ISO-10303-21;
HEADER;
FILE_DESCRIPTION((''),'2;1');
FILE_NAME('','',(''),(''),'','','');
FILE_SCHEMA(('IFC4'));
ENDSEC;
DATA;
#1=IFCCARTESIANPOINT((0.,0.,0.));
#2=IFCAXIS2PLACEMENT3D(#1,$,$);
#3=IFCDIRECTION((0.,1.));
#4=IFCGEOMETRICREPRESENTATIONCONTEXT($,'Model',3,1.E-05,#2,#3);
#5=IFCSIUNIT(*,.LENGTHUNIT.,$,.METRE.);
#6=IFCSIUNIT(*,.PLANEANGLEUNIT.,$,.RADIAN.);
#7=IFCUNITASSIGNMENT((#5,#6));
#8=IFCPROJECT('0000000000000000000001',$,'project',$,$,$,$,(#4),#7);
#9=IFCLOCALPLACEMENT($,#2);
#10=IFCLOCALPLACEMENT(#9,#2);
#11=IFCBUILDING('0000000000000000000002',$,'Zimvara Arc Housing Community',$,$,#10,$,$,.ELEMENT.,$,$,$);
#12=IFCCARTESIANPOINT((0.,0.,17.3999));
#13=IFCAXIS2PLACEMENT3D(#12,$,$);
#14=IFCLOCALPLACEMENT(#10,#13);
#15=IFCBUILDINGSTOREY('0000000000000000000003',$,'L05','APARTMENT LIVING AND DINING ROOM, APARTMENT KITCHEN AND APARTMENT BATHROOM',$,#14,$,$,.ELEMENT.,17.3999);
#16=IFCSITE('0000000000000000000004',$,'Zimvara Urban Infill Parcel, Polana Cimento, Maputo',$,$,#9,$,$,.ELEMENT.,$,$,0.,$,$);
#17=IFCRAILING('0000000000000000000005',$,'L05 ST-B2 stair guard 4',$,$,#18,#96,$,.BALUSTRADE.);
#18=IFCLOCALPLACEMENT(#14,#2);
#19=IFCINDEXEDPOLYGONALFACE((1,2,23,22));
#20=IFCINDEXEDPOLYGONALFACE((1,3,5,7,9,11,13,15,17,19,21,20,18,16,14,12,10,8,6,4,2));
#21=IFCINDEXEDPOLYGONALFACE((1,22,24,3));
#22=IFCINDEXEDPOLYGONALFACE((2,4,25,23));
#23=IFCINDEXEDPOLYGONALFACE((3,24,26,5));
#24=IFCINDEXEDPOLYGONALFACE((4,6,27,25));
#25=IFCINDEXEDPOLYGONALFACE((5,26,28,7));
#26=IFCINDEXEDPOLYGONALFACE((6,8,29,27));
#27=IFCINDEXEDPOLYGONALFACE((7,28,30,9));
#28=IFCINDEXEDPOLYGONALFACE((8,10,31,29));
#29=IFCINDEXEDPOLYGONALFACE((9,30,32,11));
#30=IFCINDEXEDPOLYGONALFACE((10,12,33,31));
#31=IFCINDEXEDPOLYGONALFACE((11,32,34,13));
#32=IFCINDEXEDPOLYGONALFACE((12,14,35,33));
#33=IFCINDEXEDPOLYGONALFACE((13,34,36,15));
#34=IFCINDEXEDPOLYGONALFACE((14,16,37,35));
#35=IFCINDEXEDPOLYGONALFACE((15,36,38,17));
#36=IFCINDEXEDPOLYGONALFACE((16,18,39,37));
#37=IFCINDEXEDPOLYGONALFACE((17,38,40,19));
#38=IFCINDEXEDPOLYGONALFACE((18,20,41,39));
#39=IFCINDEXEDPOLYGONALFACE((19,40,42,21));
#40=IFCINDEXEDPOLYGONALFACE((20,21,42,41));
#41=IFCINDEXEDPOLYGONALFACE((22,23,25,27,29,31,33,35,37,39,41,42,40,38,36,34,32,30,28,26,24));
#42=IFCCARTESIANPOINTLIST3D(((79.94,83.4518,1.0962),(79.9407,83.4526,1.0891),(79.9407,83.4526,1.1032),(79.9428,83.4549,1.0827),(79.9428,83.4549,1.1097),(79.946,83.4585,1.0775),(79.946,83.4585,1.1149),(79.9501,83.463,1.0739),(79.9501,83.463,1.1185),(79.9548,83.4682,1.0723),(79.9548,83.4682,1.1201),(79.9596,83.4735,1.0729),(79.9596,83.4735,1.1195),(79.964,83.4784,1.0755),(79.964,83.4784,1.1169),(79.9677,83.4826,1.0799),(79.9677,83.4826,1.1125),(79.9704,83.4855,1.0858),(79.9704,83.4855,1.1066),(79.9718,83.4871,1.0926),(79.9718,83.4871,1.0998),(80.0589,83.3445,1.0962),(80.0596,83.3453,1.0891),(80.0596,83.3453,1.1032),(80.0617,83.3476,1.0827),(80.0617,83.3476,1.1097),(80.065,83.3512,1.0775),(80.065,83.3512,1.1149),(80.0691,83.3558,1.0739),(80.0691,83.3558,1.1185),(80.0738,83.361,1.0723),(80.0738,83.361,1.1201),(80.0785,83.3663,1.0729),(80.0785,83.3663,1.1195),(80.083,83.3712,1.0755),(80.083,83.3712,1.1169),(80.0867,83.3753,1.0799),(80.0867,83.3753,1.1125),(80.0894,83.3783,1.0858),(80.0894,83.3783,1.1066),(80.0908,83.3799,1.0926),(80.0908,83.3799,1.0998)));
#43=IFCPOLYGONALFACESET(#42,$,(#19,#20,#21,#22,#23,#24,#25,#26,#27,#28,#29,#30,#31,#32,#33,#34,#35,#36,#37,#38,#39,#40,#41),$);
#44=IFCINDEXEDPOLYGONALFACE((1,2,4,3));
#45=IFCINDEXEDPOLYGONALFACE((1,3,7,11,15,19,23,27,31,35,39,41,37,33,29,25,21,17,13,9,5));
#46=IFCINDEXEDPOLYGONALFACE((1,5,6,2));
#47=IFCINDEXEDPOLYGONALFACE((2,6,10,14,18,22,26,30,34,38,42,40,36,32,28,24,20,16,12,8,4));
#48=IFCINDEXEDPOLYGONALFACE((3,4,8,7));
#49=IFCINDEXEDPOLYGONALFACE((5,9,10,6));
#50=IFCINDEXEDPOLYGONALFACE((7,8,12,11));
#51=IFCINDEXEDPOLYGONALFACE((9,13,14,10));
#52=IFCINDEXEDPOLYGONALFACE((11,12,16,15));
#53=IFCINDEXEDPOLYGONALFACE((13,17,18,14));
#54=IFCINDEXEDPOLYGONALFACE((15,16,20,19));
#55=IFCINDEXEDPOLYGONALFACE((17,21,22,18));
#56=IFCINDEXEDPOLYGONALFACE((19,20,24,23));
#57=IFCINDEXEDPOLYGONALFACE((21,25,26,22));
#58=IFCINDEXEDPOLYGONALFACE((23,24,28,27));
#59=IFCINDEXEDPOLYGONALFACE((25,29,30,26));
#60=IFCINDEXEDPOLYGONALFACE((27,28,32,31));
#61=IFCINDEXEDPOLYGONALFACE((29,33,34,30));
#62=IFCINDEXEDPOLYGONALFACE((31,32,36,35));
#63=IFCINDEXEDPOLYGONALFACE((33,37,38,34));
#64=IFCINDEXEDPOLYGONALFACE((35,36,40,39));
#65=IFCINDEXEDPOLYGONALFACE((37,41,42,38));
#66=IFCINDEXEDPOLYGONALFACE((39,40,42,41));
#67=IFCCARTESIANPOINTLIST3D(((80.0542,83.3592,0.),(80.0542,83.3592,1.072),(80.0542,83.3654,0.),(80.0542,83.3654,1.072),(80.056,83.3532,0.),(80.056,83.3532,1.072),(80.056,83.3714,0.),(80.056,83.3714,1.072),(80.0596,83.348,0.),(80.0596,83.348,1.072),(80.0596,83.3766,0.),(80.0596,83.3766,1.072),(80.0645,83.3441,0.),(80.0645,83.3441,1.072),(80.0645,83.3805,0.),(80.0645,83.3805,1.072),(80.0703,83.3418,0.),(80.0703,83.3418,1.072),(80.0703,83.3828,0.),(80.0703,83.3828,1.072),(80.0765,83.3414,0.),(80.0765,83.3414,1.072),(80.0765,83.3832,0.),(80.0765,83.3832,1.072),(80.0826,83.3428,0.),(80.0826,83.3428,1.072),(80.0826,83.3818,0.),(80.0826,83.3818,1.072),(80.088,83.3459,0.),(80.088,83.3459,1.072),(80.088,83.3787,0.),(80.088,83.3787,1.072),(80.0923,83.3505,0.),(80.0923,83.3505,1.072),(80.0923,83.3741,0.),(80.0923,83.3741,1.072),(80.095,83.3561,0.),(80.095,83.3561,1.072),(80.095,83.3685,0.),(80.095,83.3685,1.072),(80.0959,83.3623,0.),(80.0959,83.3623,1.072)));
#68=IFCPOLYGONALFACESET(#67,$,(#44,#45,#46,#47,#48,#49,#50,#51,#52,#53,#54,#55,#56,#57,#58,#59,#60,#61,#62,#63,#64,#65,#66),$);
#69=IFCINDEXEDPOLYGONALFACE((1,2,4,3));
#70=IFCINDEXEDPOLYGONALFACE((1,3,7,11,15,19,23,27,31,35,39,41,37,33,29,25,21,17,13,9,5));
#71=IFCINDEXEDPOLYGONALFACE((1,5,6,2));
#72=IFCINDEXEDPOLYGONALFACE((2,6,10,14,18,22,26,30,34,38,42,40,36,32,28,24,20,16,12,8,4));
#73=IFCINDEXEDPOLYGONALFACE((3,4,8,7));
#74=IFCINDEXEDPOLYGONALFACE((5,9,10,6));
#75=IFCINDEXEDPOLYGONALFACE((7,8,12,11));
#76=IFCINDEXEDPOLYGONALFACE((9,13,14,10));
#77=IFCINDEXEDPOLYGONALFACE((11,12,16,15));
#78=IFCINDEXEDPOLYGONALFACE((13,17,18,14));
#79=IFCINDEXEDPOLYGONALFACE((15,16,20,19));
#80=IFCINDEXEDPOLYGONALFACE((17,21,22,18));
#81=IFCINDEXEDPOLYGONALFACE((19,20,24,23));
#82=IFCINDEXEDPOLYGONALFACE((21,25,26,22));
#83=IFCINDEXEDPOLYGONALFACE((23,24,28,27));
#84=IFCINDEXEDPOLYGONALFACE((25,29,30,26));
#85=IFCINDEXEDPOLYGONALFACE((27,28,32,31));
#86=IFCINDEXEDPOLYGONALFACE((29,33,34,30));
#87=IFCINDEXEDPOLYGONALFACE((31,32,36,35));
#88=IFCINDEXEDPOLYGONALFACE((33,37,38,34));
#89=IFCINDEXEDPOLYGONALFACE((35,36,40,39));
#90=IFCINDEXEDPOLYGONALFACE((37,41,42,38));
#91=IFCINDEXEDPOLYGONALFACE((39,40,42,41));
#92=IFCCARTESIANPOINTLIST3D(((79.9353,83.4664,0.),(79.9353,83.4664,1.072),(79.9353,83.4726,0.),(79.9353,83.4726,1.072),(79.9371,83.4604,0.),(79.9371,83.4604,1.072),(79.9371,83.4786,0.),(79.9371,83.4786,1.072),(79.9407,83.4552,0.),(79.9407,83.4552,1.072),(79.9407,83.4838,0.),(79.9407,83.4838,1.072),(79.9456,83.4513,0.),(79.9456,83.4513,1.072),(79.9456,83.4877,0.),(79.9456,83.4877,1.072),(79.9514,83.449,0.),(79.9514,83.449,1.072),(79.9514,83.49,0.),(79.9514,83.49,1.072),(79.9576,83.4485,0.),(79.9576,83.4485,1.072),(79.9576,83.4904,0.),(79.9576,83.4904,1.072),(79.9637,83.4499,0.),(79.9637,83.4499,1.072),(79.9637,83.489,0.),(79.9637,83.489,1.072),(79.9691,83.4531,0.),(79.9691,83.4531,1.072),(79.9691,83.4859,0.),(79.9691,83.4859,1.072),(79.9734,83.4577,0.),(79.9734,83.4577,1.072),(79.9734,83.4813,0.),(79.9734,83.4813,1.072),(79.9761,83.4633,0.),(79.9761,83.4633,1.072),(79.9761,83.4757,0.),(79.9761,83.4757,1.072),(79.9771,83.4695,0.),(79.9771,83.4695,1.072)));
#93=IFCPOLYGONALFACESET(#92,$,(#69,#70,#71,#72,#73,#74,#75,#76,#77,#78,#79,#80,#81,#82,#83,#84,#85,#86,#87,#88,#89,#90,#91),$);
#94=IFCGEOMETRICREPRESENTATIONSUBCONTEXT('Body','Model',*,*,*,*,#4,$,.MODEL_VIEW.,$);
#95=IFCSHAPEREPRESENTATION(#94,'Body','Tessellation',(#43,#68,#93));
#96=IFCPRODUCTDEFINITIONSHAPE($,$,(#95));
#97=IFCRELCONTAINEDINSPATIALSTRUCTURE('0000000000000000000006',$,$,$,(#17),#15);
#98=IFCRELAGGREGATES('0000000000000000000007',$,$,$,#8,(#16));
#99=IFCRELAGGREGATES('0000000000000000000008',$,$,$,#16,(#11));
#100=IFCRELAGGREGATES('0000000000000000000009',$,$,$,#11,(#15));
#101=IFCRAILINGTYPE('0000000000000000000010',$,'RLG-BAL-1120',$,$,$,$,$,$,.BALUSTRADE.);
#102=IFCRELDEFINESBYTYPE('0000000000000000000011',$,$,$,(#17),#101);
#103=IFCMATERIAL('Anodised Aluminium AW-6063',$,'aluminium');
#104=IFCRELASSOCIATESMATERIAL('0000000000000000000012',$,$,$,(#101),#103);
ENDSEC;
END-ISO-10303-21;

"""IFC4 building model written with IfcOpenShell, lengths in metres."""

from ifc_helpers import new_model, si_unit, direction, frame, origin, origin_2d, place, context, subcontext, project, spatial, circle, extrude, material, type_object, element, save


model = new_model("IFC4")

# Units and contexts
model_context = context("Model", 3, precision=1e-05, world=origin(), true_north=direction((0.0, 1.0)))
body_context = subcontext(model_context, "Body", "Model", "MODEL_VIEW")
ifc_project = project(units=[si_unit("LENGTHUNIT", "METRE"), si_unit("PLANEANGLEUNIT", "RADIAN")], contexts=[model_context])

# Site, building, storey
site_placement = place(None, origin())
site = spatial("IfcSite", under=ifc_project, at=site_placement, Name="Zimvara Urban Infill Parcel, Polana Cimento, Maputo", CompositionType="ELEMENT", RefElevation=0.0)
building_placement = place(site_placement, origin())
building = spatial("IfcBuilding", under=site, at=building_placement, Name="Zimvara Arc Housing Community", CompositionType="ELEMENT")
storey_placement = place(building_placement, frame((0.0, 0.0, 17.3999)))
storey = spatial("IfcBuildingStorey", under=building, at=storey_placement, Name="L05", Description="APARTMENT LIVING AND DINING ROOM, APARTMENT KITCHEN AND APARTMENT BATHROOM", CompositionType="ELEMENT", Elevation=17.3999)

# Railing
ifc_material_1 = material(Name="Anodised Aluminium AW-6063", Category="aluminium")
railing_type_1 = type_object("IfcRailingType", Name="RLG-BAL-1120", PredefinedType="BALUSTRADE", material=ifc_material_1)
railing_1_placement = place(storey_placement, frame((80.075, 83.3623, 0.0)))
element("IfcRailing", 1, at=railing_1_placement, inside=storey, type_object=railing_type_1, Name="L05 ST-B2 stair guard 4", PredefinedType="BALUSTRADE", context=body_context, shape_type="SweptSolid", body=[
    extrude(circle(Radius=0.0239, at=origin_2d()), frame((0.0, 0.0, 1.0962), z_axis=(-0.742763, 0.669554, 0.0), x_axis=(-0.669554, -0.742763, 0.0)), (0.0, 0.0, 1.0), 0.1602),
    extrude(circle(Radius=0.021, at=origin_2d()), origin(), (0.0, 0.0, 1.0), 1.072),
    extrude(circle(Radius=0.021, at=origin_2d()), frame((-0.1189, 0.1072, 0.0)), (0.0, 0.0, 1.0), 1.072),
])

save(model, "model.ifc")
